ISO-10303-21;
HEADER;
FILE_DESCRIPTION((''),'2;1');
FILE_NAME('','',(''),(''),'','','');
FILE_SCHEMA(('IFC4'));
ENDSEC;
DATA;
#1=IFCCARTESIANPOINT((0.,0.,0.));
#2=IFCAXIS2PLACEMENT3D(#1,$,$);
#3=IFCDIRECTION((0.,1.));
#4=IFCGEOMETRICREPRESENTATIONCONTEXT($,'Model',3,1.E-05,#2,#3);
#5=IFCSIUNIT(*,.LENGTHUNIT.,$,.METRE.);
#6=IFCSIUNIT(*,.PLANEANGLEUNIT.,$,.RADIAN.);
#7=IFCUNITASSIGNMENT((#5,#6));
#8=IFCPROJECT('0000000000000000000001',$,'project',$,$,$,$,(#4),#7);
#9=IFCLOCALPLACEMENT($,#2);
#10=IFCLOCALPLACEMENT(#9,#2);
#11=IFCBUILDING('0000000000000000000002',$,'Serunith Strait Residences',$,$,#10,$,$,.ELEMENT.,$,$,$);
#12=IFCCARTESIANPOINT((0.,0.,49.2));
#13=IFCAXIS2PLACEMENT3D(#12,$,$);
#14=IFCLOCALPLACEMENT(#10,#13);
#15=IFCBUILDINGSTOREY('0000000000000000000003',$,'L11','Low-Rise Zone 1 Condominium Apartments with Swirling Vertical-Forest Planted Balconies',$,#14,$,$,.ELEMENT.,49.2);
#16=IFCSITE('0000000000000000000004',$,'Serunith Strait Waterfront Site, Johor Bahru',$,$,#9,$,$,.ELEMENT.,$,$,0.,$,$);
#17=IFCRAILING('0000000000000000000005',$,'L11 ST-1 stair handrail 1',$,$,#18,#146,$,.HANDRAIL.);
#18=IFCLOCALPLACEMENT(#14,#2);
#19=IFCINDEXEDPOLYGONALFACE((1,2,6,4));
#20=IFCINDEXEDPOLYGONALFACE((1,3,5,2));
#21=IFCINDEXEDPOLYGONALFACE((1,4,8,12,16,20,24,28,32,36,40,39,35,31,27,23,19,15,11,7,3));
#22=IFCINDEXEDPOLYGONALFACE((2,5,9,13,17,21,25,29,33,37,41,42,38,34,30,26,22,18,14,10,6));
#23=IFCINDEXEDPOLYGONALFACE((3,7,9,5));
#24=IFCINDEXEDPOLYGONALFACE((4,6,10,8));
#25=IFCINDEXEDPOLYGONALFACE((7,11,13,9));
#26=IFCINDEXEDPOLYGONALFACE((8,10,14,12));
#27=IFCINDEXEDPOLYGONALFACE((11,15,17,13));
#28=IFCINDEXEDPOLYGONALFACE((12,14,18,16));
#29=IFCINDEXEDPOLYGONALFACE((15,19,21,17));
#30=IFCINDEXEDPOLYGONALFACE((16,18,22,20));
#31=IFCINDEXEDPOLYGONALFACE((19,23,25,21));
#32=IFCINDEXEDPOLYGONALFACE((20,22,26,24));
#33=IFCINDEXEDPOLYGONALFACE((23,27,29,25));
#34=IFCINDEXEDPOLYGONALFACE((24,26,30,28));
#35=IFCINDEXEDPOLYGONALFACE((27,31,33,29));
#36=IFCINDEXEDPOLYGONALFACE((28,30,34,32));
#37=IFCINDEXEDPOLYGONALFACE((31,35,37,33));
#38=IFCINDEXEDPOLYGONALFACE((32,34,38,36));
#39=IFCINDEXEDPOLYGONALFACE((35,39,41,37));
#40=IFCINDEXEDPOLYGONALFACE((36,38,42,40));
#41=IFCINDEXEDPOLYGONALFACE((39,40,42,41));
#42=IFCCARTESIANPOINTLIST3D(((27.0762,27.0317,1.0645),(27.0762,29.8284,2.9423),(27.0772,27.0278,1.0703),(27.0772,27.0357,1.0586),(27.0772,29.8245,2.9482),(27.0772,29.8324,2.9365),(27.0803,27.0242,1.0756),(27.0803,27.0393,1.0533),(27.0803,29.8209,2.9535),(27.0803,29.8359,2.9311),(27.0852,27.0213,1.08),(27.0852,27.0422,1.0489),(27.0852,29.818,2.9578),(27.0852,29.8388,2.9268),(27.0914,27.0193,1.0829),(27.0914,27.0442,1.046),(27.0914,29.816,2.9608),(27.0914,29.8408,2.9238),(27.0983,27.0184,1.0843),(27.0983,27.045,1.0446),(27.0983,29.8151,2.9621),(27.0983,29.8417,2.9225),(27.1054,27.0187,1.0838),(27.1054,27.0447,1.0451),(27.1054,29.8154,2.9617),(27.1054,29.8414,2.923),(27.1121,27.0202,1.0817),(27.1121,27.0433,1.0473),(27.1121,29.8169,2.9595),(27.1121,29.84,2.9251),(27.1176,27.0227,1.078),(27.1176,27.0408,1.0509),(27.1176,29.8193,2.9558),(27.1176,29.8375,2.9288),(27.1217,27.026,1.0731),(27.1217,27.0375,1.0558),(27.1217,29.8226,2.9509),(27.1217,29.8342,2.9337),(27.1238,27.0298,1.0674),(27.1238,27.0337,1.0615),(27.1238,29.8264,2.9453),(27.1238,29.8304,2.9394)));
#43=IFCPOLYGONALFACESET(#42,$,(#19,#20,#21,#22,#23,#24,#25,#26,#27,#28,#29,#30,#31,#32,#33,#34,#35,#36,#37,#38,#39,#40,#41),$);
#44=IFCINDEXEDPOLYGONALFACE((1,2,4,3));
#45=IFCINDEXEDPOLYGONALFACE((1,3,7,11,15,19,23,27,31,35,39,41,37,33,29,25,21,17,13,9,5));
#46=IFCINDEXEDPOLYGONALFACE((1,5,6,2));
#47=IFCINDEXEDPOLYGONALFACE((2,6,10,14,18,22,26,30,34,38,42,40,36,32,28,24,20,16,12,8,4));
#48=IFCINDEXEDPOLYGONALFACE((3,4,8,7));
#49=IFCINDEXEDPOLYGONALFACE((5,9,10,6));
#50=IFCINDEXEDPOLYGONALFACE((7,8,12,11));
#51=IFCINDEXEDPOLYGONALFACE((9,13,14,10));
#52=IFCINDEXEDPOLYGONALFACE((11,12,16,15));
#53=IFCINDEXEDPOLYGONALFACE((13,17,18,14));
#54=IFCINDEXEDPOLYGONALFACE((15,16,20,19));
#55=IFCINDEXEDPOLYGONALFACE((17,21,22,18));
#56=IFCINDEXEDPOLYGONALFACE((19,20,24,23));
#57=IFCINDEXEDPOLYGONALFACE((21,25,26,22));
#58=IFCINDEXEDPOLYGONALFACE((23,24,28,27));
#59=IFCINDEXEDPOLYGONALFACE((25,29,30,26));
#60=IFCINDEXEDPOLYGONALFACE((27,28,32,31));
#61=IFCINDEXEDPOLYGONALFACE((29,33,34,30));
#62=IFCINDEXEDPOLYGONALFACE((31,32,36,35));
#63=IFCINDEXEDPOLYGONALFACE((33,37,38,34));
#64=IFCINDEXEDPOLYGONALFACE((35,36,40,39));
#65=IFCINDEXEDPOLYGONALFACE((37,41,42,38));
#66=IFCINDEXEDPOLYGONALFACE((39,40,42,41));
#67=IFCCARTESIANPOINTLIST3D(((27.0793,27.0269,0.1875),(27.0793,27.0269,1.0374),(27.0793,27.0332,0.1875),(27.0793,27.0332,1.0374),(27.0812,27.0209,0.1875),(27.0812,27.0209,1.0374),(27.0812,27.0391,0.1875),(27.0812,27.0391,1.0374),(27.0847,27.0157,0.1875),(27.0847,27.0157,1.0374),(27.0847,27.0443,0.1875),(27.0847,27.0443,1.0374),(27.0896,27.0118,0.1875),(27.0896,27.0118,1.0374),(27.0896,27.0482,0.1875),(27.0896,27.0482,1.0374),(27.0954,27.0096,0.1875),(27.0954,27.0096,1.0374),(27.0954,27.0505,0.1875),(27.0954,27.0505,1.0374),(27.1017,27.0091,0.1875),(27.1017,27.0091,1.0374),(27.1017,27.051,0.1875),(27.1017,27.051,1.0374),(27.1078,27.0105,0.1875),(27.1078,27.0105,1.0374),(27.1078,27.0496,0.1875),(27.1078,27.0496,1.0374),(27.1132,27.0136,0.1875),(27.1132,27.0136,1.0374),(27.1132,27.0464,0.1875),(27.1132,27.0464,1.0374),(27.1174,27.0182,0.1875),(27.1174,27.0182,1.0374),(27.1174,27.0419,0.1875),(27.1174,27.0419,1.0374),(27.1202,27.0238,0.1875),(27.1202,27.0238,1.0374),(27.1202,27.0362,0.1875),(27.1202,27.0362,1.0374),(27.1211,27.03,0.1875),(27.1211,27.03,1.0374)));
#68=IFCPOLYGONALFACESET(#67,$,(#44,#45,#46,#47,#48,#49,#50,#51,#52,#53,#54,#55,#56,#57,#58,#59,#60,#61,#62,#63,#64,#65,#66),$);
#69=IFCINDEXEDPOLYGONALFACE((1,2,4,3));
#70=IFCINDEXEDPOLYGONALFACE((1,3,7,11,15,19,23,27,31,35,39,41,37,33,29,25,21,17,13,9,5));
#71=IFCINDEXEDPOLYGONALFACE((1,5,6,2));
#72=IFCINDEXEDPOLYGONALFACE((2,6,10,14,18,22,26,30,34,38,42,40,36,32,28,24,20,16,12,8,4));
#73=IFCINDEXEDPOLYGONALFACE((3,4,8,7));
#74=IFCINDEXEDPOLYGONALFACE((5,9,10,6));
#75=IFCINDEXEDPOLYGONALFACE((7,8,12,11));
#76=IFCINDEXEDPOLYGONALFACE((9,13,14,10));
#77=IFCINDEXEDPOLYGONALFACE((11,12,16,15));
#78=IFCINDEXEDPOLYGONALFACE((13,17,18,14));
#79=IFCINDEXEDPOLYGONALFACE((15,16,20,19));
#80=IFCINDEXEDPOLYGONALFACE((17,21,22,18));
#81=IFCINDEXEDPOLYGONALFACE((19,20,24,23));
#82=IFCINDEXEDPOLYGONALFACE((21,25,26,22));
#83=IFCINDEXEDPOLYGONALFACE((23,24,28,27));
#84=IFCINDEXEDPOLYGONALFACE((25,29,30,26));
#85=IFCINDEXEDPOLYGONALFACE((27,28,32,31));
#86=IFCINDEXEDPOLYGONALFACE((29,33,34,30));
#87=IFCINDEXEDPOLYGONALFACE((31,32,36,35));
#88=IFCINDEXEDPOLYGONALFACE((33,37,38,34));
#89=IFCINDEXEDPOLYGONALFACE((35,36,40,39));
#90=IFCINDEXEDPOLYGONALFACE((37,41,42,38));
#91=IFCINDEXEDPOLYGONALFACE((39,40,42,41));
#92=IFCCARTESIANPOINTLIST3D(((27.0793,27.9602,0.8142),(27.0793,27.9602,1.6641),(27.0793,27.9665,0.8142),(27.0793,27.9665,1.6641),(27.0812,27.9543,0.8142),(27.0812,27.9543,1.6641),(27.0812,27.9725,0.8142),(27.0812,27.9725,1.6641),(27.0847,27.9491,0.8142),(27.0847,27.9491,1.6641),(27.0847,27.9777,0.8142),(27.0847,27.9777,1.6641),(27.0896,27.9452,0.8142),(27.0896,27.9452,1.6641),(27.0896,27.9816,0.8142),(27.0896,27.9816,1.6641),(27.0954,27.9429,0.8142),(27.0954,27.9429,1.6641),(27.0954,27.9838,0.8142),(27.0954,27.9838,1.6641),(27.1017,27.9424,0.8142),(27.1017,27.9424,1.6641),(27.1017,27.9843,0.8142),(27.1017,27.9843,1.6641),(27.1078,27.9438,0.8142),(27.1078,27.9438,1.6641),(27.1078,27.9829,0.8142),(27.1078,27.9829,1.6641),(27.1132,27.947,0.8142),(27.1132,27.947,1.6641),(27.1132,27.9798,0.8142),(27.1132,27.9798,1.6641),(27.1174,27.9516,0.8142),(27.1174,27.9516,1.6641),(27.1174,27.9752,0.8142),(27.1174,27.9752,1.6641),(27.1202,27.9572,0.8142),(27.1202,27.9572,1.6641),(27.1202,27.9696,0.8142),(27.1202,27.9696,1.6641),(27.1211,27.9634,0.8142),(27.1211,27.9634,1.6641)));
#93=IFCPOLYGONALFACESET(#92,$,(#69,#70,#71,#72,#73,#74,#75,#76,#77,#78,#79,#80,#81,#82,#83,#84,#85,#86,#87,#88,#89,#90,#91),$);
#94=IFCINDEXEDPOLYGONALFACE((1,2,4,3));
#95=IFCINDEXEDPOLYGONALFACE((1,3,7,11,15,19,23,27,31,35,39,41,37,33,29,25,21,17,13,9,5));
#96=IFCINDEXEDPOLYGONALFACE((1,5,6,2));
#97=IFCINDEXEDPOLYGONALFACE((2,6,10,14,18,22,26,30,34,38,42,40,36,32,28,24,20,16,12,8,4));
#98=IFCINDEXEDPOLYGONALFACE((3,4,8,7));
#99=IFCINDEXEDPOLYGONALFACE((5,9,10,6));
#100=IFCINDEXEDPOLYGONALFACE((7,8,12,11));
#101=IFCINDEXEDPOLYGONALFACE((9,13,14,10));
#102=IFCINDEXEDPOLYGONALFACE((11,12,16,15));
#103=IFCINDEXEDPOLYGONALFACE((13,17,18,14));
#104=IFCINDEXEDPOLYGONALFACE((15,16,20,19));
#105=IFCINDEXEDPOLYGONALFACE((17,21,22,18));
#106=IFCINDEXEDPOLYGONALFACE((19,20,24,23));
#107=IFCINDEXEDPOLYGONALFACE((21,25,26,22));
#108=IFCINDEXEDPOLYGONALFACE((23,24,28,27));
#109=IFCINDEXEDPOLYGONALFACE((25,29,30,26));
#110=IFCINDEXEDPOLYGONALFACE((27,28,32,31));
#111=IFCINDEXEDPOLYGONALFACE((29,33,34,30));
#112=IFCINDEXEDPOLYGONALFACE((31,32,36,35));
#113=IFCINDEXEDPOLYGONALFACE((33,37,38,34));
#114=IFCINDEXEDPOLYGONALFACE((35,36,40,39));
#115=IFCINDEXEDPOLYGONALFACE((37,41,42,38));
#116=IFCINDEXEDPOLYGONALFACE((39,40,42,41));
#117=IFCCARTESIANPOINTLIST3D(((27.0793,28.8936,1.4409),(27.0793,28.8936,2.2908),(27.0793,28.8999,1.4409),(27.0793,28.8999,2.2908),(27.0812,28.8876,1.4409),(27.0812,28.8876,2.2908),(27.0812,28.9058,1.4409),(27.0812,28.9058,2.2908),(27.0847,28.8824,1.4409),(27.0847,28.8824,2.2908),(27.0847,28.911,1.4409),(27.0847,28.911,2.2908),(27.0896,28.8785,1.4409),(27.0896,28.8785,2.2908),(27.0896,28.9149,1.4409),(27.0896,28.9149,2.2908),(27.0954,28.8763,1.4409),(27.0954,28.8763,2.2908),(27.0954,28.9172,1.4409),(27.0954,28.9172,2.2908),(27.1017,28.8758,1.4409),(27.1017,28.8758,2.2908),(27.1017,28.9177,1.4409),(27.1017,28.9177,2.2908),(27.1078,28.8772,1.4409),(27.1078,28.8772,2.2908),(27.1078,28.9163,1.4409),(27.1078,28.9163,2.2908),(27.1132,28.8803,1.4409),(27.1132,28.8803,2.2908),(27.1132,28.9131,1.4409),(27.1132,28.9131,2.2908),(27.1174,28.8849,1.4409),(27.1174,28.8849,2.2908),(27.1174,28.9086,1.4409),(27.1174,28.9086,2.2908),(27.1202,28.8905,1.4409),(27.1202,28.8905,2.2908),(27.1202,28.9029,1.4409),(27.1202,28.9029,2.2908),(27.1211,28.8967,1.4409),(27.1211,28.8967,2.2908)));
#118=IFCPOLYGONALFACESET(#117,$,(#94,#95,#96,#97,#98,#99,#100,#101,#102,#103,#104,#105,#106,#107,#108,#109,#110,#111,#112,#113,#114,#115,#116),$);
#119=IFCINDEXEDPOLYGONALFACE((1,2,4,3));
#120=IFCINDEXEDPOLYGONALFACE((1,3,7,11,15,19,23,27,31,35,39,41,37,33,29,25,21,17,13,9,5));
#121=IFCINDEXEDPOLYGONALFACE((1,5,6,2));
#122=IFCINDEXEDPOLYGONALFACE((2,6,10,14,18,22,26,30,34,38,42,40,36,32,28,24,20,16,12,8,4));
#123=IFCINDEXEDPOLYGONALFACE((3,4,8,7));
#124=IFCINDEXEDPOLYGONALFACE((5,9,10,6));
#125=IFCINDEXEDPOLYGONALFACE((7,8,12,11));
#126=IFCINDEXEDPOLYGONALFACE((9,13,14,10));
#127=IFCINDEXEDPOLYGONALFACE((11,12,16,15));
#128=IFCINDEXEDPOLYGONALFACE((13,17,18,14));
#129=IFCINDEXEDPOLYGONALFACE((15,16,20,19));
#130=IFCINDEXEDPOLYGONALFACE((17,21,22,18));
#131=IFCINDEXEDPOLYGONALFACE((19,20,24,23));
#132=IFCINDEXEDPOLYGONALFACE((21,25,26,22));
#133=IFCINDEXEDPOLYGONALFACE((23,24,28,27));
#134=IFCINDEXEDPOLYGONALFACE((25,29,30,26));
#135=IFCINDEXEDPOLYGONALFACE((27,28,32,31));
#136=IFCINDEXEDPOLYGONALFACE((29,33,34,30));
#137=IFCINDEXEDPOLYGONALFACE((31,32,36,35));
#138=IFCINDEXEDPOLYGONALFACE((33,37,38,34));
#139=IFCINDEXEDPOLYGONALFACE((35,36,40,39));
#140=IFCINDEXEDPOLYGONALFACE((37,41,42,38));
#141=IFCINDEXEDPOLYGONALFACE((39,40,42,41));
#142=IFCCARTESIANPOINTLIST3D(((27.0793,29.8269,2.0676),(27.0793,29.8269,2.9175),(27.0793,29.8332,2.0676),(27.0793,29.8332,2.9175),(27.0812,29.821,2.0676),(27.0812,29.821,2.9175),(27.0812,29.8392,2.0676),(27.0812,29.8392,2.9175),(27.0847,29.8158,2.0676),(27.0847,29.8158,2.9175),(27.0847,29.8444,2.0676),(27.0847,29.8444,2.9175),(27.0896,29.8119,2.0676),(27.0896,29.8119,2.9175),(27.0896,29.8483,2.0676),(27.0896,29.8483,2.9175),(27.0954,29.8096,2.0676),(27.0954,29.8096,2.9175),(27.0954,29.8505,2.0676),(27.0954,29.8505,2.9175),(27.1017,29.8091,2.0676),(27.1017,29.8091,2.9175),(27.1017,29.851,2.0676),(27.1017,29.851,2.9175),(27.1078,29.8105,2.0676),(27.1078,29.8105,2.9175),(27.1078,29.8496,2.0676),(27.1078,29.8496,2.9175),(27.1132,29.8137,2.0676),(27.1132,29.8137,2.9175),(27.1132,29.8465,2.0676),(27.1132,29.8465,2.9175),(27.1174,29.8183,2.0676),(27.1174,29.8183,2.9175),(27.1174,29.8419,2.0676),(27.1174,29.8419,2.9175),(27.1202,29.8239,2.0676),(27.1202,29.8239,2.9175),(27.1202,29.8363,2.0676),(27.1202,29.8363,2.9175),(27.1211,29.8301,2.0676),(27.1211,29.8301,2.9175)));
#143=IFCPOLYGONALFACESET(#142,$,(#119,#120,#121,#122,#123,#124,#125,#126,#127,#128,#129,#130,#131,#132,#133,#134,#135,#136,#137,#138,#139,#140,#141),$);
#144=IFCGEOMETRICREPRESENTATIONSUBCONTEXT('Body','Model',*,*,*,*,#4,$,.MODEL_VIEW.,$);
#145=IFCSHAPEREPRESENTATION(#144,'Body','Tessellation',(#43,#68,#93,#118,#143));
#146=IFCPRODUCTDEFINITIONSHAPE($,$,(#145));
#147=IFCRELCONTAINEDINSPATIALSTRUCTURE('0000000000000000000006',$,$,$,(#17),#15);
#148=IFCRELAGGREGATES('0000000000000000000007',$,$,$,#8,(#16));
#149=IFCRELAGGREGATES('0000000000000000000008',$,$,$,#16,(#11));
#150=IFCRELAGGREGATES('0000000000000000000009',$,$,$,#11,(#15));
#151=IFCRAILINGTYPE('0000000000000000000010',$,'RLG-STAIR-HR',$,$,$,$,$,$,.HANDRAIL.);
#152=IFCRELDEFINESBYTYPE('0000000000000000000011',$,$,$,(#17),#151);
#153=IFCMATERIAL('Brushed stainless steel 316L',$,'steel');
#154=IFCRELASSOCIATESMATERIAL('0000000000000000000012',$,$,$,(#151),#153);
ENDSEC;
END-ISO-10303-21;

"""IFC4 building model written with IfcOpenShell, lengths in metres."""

from ifc_helpers import new_model, si_unit, direction, frame, origin, origin_2d, place, context, subcontext, project, spatial, circle, extrude, material, type_object, element, save


model = new_model("IFC4")

# Units and contexts
model_context = context("Model", 3, precision=1e-05, world=origin(), true_north=direction((0.0, 1.0)))
body_context = subcontext(model_context, "Body", "Model", "MODEL_VIEW")
ifc_project = project(units=[si_unit("LENGTHUNIT", "METRE"), si_unit("PLANEANGLEUNIT", "RADIAN")], contexts=[model_context])

# Site, building, storey
site_placement = place(None, origin())
site = spatial("IfcSite", under=ifc_project, at=site_placement, Name="Serunith Strait Waterfront Site, Johor Bahru", CompositionType="ELEMENT", RefElevation=0.0)
building_placement = place(site_placement, origin())
building = spatial("IfcBuilding", under=site, at=building_placement, Name="Serunith Strait Residences", CompositionType="ELEMENT")
storey_placement = place(building_placement, frame((0.0, 0.0, 49.2)))
storey = spatial("IfcBuildingStorey", under=building, at=storey_placement, Name="L11", Description="Low-Rise Zone 1 Condominium Apartments with Swirling Vertical-Forest Planted Balconies", CompositionType="ELEMENT", Elevation=49.2)

# Railing
ifc_material_1 = material(Name="Brushed stainless steel 316L", Category="steel")
railing_type_1 = type_object("IfcRailingType", Name="RLG-STAIR-HR", PredefinedType="HANDRAIL", material=ifc_material_1)
railing_1_placement = place(storey_placement, frame((27.1001, 27.03, 0.1875)))
element("IfcRailing", 1, at=railing_1_placement, inside=storey, type_object=railing_type_1, Name="L11 ST-1 stair handrail 1", PredefinedType="HANDRAIL", context=body_context, shape_type="SweptSolid", body=[
    extrude(circle(Radius=0.0239, at=origin_2d()), frame((0.0, 0.0017, 0.877), z_axis=(0.0, 0.830208, 0.557453), x_axis=(-1.0, 0.0, 0.0)), (0.0, 0.0, 1.0), 3.3687),
    extrude(circle(Radius=0.021, at=origin_2d()), origin(), (0.0, 0.0, 1.0), 0.8499),
    extrude(circle(Radius=0.021, at=origin_2d()), frame((0.0, 0.9333, 0.6267)), (0.0, 0.0, 1.0), 0.8499),
    extrude(circle(Radius=0.021, at=origin_2d()), frame((0.0, 1.8667, 1.2534)), (0.0, 0.0, 1.0), 0.8499),
    extrude(circle(Radius=0.021, at=origin_2d()), frame((0.0, 2.8, 1.8801)), (0.0, 0.0, 1.0), 0.8499),
])

save(model, "model.ifc")
